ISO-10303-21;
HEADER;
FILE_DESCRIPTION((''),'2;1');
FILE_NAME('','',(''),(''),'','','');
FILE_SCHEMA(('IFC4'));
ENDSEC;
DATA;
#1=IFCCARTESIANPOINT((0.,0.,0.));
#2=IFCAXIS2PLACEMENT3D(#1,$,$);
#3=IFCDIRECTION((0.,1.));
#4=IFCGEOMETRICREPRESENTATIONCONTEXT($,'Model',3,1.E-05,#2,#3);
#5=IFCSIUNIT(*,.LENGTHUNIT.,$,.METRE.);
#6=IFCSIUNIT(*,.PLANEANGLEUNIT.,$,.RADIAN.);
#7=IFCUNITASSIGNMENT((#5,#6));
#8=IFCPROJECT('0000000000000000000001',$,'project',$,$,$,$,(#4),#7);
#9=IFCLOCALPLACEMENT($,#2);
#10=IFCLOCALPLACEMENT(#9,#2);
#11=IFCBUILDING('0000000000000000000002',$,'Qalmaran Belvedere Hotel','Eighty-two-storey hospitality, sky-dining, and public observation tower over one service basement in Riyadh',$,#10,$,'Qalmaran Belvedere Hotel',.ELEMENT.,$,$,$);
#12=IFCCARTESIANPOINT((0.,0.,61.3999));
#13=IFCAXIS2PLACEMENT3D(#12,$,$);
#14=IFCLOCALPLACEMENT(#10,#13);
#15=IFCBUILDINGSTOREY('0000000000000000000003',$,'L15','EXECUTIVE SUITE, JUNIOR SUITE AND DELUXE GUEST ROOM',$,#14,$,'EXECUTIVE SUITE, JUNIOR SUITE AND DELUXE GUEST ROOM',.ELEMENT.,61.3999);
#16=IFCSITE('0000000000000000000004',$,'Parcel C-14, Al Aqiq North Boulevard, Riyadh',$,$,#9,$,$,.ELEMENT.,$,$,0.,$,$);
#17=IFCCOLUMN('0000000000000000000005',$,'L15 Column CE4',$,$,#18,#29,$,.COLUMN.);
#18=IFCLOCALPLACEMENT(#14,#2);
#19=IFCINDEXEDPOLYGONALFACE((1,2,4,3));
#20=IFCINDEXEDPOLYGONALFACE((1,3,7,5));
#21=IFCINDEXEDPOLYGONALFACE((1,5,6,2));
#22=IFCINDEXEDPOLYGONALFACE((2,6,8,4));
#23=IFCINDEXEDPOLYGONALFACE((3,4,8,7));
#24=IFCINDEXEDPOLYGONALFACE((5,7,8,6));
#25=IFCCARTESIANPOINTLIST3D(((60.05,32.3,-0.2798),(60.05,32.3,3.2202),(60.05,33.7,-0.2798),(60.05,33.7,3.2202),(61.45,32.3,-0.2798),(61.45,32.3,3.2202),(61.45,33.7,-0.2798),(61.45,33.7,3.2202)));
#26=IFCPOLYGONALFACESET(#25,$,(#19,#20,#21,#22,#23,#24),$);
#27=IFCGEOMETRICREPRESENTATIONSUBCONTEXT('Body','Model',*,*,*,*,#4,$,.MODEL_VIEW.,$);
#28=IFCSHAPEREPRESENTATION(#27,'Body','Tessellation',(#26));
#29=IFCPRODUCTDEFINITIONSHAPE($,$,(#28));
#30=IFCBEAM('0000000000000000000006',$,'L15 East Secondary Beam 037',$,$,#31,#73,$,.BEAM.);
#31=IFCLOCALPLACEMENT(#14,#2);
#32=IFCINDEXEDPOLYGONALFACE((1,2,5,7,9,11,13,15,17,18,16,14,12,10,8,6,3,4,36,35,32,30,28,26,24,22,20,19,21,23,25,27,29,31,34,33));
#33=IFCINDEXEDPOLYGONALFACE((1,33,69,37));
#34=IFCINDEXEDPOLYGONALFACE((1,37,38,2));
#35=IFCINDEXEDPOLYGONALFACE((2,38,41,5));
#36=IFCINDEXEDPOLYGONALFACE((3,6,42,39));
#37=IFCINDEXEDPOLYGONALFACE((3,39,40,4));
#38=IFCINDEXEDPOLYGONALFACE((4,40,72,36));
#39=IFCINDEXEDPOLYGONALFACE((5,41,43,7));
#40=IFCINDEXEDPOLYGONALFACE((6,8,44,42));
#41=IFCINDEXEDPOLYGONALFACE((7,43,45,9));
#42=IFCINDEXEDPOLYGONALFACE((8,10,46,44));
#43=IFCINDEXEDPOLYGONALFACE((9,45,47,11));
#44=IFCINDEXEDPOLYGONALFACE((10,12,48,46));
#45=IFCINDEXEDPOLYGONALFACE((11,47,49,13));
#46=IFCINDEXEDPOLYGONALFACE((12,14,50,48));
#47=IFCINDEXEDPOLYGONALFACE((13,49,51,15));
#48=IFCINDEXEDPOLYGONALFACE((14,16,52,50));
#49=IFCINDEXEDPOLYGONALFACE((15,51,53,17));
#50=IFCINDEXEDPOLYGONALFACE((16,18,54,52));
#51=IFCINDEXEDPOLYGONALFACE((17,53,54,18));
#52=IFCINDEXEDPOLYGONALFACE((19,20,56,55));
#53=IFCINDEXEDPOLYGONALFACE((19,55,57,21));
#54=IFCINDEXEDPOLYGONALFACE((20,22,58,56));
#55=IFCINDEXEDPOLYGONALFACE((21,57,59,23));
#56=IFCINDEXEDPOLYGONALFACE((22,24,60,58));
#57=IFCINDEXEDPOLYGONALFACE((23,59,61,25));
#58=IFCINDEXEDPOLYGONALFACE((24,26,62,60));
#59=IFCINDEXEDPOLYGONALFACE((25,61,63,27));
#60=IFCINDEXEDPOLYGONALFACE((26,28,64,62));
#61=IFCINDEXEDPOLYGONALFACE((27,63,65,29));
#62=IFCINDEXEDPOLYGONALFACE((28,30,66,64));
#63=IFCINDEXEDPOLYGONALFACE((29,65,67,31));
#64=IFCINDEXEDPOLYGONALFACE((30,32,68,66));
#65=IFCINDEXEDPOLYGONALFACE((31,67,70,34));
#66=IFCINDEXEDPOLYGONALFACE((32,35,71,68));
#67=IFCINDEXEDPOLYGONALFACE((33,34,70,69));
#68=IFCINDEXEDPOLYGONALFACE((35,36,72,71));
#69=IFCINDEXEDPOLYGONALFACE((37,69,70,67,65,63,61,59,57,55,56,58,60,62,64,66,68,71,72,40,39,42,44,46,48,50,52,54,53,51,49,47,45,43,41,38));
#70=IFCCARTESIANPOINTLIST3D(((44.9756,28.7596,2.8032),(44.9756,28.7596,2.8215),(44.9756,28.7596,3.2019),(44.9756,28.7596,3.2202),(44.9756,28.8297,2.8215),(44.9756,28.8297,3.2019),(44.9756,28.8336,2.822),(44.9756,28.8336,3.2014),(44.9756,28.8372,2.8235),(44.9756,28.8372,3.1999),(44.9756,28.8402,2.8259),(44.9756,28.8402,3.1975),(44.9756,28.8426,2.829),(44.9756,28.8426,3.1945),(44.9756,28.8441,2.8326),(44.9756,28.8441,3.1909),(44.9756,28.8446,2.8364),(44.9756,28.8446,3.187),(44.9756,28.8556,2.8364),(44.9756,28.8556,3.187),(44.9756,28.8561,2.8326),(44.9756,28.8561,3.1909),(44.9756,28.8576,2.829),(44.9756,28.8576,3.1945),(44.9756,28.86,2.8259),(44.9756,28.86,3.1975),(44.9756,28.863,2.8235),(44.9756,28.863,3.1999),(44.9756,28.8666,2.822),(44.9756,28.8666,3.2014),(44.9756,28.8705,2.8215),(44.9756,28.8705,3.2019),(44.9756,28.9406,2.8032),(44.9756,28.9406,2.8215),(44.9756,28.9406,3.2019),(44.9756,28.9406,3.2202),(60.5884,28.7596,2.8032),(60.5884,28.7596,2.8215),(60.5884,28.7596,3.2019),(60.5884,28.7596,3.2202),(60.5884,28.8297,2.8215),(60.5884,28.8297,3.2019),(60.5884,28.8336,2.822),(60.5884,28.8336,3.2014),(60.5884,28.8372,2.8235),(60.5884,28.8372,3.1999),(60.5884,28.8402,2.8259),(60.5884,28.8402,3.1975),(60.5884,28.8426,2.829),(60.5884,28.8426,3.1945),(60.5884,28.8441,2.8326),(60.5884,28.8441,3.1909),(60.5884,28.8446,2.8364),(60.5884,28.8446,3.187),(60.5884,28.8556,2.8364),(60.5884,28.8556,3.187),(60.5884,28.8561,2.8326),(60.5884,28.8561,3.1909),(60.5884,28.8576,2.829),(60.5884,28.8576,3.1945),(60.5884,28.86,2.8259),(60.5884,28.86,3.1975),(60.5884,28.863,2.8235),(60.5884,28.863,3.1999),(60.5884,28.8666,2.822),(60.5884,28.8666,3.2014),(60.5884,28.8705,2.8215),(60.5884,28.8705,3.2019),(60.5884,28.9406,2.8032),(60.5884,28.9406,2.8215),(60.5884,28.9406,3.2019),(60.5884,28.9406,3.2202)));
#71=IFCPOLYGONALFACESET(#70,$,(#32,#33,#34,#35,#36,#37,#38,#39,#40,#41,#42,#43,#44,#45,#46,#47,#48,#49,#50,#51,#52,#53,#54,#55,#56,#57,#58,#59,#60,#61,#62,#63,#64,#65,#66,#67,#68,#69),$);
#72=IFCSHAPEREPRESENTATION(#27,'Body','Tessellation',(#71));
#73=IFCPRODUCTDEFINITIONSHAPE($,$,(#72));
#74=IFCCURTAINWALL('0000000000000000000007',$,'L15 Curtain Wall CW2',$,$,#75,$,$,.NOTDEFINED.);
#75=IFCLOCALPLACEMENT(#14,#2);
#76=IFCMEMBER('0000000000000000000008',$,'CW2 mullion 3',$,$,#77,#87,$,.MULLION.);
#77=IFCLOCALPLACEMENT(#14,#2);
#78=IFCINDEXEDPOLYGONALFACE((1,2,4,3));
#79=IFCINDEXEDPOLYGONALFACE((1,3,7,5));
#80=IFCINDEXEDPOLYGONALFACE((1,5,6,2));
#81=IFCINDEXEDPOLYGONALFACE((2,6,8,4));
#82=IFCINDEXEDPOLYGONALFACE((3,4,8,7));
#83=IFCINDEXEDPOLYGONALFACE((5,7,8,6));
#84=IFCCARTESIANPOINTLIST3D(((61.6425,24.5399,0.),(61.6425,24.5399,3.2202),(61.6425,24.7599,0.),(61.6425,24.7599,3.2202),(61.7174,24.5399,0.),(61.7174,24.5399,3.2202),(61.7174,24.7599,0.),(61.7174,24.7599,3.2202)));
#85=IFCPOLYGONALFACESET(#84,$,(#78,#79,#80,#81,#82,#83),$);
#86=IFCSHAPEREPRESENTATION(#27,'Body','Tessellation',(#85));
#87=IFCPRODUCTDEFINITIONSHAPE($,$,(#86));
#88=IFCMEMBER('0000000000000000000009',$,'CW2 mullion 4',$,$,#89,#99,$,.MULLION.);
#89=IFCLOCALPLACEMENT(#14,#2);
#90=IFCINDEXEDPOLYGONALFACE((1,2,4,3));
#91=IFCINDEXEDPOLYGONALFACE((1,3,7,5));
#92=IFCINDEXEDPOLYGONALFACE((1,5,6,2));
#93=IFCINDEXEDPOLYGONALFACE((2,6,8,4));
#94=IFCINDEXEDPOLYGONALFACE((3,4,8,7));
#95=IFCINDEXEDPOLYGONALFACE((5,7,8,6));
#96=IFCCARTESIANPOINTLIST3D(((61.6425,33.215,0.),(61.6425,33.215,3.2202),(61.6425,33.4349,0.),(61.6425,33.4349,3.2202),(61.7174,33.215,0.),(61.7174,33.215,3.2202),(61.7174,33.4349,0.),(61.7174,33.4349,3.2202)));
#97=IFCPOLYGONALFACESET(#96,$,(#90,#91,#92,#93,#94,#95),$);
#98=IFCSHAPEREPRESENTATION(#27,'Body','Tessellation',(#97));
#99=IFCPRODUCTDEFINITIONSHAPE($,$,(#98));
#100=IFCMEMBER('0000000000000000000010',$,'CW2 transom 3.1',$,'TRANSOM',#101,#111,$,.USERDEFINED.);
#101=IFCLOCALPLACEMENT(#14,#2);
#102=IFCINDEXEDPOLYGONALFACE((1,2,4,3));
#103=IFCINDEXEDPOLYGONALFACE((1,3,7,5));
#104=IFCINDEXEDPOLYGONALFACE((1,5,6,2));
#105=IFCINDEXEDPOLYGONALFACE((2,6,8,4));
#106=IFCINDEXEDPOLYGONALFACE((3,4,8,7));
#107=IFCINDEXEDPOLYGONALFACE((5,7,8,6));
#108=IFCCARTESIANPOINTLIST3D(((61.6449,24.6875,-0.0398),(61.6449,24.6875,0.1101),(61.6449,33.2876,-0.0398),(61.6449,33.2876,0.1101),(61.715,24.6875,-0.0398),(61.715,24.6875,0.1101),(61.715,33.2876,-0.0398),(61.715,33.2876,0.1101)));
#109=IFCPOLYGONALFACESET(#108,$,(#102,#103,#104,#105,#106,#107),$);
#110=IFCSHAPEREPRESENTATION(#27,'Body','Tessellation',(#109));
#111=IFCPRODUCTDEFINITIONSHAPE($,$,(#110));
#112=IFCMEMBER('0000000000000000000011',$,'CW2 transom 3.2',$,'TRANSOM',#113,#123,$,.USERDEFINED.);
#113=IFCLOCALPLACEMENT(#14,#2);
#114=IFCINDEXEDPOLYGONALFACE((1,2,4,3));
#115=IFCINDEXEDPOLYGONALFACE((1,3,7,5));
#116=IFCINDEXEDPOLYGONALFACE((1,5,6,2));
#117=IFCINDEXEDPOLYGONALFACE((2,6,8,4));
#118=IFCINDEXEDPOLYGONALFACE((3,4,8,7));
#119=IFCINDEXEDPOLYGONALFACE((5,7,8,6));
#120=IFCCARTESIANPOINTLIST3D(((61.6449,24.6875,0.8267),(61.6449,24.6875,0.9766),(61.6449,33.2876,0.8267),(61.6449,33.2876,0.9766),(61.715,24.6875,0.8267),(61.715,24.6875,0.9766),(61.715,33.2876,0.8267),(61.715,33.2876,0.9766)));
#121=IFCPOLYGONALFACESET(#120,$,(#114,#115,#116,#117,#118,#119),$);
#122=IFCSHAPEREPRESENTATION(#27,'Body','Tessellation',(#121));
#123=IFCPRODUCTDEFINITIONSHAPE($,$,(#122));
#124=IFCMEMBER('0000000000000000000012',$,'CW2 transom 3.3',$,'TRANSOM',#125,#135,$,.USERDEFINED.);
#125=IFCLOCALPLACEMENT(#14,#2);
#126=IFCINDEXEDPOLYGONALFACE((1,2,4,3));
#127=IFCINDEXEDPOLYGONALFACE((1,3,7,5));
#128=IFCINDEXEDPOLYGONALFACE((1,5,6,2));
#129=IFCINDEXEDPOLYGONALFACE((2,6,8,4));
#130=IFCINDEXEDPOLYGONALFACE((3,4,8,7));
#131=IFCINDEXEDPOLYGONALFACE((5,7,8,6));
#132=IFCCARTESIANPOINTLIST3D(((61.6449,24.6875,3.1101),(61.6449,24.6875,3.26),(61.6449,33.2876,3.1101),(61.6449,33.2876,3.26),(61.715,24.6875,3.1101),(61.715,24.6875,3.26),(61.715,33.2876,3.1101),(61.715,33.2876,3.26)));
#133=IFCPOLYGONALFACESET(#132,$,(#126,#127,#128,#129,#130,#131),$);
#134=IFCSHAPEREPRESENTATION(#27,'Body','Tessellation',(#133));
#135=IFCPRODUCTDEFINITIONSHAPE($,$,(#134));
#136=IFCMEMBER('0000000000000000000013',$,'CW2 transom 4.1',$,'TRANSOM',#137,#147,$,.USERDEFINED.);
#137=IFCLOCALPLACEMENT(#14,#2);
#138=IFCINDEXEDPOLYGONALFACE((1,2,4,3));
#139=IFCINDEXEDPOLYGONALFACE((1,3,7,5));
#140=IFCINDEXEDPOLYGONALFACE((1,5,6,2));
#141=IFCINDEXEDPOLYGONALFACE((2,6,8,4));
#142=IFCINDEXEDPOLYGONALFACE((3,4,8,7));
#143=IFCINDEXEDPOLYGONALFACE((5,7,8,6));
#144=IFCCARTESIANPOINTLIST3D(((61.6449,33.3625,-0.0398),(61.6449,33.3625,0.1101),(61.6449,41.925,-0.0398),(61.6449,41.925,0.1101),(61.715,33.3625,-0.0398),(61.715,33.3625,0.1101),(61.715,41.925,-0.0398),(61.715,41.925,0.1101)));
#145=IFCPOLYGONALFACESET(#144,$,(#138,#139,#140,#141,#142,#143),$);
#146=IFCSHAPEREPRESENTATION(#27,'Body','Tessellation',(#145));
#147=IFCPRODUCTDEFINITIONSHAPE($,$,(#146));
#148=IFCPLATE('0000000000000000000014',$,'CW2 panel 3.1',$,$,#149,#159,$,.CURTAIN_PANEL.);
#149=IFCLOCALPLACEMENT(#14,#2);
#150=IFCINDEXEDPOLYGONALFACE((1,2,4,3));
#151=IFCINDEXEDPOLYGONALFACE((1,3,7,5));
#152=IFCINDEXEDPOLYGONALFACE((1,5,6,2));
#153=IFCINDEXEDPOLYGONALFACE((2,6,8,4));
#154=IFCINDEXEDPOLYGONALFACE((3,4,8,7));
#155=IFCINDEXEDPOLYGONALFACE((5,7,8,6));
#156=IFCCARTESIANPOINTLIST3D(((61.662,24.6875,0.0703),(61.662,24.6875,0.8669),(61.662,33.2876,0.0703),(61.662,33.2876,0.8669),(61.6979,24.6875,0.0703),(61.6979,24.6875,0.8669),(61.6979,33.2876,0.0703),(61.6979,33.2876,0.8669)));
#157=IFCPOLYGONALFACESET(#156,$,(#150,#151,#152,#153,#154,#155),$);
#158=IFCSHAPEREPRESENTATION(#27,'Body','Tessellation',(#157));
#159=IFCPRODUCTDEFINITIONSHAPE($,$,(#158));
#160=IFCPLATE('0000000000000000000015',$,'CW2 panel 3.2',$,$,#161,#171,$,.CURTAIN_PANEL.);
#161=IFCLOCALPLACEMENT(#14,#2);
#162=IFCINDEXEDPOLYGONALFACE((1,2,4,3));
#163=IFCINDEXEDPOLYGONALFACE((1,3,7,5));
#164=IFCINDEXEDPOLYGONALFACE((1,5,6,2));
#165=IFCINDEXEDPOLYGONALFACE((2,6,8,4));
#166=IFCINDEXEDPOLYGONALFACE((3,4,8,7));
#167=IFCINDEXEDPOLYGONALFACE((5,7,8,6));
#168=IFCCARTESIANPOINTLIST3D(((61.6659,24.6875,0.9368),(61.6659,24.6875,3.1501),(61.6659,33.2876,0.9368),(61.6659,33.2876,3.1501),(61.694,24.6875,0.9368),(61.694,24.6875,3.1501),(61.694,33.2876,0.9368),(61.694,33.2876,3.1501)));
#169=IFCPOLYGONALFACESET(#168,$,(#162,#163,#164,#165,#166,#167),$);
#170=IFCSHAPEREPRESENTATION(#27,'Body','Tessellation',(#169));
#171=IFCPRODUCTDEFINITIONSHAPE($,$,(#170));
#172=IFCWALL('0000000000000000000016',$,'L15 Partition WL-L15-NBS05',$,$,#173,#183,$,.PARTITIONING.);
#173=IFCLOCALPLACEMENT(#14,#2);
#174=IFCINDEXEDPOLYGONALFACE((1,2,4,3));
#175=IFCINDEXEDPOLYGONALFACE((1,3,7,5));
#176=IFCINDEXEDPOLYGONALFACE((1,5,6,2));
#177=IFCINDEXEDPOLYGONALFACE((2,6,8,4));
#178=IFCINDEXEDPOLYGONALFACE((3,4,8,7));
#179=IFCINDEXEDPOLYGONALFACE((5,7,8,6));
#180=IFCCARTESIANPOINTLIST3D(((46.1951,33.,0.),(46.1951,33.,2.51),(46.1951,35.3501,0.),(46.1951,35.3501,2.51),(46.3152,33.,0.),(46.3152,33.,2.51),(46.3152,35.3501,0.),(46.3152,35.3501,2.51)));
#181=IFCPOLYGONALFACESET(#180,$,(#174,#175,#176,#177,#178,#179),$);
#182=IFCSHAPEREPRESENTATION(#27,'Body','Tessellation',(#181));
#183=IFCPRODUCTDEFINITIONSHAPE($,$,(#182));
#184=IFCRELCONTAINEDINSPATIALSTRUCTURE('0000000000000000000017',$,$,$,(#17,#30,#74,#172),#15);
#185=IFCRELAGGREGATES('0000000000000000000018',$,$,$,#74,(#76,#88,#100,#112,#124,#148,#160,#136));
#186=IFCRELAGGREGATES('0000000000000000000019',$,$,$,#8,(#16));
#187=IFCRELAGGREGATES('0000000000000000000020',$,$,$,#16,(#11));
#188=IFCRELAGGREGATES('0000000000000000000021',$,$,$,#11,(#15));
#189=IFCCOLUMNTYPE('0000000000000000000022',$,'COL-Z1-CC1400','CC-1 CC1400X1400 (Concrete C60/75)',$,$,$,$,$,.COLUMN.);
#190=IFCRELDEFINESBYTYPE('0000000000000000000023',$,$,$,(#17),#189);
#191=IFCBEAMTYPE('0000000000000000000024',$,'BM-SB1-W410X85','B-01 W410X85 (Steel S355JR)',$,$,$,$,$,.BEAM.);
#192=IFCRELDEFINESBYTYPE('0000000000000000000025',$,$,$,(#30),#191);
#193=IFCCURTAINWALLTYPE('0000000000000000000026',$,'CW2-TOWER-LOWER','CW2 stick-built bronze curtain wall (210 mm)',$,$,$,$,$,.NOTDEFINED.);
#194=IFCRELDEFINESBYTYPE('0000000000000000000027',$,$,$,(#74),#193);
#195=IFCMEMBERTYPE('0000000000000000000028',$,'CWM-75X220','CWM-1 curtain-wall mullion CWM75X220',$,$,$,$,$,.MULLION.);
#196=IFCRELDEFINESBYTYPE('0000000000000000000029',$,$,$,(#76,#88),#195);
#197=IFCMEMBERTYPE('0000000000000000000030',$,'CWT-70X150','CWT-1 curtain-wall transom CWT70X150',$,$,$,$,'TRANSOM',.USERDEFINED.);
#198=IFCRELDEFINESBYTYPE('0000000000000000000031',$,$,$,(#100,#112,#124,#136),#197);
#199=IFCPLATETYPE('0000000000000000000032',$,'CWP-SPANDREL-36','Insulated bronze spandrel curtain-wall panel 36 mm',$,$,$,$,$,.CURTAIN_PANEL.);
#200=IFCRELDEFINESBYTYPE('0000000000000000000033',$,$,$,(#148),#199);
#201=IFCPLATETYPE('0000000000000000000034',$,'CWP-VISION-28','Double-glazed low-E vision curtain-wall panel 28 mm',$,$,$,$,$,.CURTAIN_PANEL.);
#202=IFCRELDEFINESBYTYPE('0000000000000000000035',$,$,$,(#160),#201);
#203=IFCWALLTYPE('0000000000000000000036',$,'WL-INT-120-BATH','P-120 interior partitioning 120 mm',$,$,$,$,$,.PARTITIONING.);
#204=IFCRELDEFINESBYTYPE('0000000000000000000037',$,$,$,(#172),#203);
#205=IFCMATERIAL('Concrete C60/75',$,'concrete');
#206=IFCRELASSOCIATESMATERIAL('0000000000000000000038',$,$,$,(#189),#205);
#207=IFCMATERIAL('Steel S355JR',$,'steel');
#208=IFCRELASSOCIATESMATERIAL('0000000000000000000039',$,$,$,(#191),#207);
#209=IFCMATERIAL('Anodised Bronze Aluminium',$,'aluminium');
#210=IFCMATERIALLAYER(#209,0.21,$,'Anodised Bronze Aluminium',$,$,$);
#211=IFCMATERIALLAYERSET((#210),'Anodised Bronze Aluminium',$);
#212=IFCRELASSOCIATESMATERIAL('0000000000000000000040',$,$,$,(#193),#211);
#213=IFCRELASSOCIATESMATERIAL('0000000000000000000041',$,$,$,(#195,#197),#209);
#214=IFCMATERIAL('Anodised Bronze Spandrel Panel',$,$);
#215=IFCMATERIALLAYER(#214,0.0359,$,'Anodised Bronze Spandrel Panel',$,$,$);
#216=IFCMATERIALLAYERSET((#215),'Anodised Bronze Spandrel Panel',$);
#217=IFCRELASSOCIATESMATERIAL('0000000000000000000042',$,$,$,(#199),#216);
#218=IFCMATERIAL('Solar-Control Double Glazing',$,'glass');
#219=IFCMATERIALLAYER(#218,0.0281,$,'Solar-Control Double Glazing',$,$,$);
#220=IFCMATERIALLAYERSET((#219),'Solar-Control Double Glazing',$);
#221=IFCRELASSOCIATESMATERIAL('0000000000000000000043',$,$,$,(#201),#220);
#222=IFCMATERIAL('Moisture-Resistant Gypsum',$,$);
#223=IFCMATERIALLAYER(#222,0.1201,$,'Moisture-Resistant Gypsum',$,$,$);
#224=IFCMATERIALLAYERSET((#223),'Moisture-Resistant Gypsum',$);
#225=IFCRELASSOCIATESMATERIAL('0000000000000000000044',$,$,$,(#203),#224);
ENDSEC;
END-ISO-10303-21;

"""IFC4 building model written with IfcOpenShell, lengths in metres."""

from ifc_helpers import new_model, si_unit, direction, frame, frame_2d, origin, origin_2d, place, context, subcontext, project, spatial, rectangle, i_section, extrude, material, layer, layer_set, material_profile, profile_set, type_object, element, aggregate, save


model = new_model("IFC4")

# Units and contexts
model_context = context("Model", 3, precision=1e-05, world=origin(), true_north=direction((0.0, 1.0)))
body_context = subcontext(model_context, "Body", "Model", "MODEL_VIEW")
ifc_project = project(units=[si_unit("LENGTHUNIT", "METRE"), si_unit("PLANEANGLEUNIT", "RADIAN")], contexts=[model_context])

# Site, building, storey
site_placement = place(None, origin())
site = spatial("IfcSite", under=ifc_project, at=site_placement, Name="Parcel C-14, Al Aqiq North Boulevard, Riyadh", CompositionType="ELEMENT", RefElevation=0.0)
building_placement = place(site_placement, origin())
building = spatial("IfcBuilding", under=site, at=building_placement, Name="Qalmaran Belvedere Hotel", Description="Eighty-two-storey hospitality, sky-dining, and public observation tower over one service basement in Riyadh", LongName="Qalmaran Belvedere Hotel", CompositionType="ELEMENT")
storey_placement = place(building_placement, frame((0.0, 0.0, 61.3999)))
storey = spatial("IfcBuildingStorey", under=building, at=storey_placement, Name="L15", Description="EXECUTIVE SUITE, JUNIOR SUITE AND DELUXE GUEST ROOM", LongName="EXECUTIVE SUITE, JUNIOR SUITE AND DELUXE GUEST ROOM", CompositionType="ELEMENT", Elevation=61.3999)

# Column
ifc_material_1 = material(Name="Concrete C60/75", Category="concrete")
ifc_material_profile_1 = material_profile(ifc_material_1, rectangle(XDim=1.3999, YDim=1.3999, at=origin_2d()), Name="CC1400X1400")
ifc_profile_set_1 = profile_set([ifc_material_profile_1], Name="Concrete C60/75")
column_type = type_object("IfcColumnType", Name="COL-Z1-CC1400", Description="CC-1 CC1400X1400 (Concrete C60/75)", PredefinedType="COLUMN", material=ifc_profile_set_1)
column_placement = place(storey_placement, frame((60.75, 33.0, -0.2798), z_axis=(0.0, 0.0, 1.0), x_axis=(1.0, 0.0, 0.0)))
element("IfcColumn", 1, at=column_placement, inside=storey, type_object=column_type, Name="L15 Column CE4", PredefinedType="COLUMN", context=body_context, shape_type="SweptSolid", body=[
    extrude(rectangle(XDim=1.3999, YDim=1.3999, at=origin_2d()), origin(), (0.0, 0.0, 1.0), 3.5),
])

# Beam
ifc_material_2 = material(Name="Steel S355JR", Category="steel")
ifc_material_profile_2 = material_profile(ifc_material_2, i_section(OverallWidth=0.1809, OverallDepth=0.417, WebThickness=0.011, FlangeThickness=0.0183, FilletRadius=0.0149, at=origin_2d()), Name="W410X85")
ifc_profile_set_2 = profile_set([ifc_material_profile_2], Name="Steel S355JR")
beam_type = type_object("IfcBeamType", Name="BM-SB1-W410X85", Description="B-01 W410X85 (Steel S355JR)", PredefinedType="BEAM", material=ifc_profile_set_2)
beam_placement = place(storey_placement, frame((44.9756, 28.8501, 3.0117), z_axis=(1.0, 0.0, 0.0), x_axis=(0.0, 1.0, 0.0)))
element("IfcBeam", 2, at=beam_placement, inside=storey, type_object=beam_type, Name="L15 East Secondary Beam 037", PredefinedType="BEAM", context=body_context, shape_type="SweptSolid", body=[
    extrude(i_section(OverallWidth=0.1809, OverallDepth=0.417, WebThickness=0.011, FlangeThickness=0.0183, FilletRadius=0.0149, at=origin_2d()), origin(), (0.0, 0.0, 1.0), 15.6128),
])

# Curtain wall, members, plates
ifc_material_3 = material(Name="Anodised Bronze Aluminium", Category="aluminium")
ifc_layer_1 = layer(ifc_material_3, 0.21, Name="Anodised Bronze Aluminium")
ifc_layer_set_1 = layer_set([ifc_layer_1], Name="Anodised Bronze Aluminium")
curtain_wall_type = type_object("IfcCurtainWallType", Name="CW2-TOWER-LOWER", Description="CW2 stick-built bronze curtain wall (210 mm)", PredefinedType="NOTDEFINED", material=ifc_layer_set_1)
curtain_wall_placement = place(storey_placement, origin())
curtain_wall = element("IfcCurtainWall", 3, at=curtain_wall_placement, inside=storey, type_object=curtain_wall_type, Name="L15 Curtain Wall CW2", PredefinedType="NOTDEFINED")
ifc_material_profile_3 = material_profile(ifc_material_3, rectangle(XDim=0.075, YDim=0.22, at=origin_2d()), Name="CWM75X220")
ifc_profile_set_3 = profile_set([ifc_material_profile_3], Name="Anodised Bronze Aluminium")
member_type_1 = type_object("IfcMemberType", Name="CWM-75X220", Description="CWM-1 curtain-wall mullion CWM75X220", PredefinedType="MULLION", material=ifc_profile_set_3)
member_1_placement = place(storey_placement, frame((61.6799, 24.6499, 0.0), z_axis=(0.0, 0.0, 1.0), x_axis=(-1.0, 0.0, 0.0)))
member_1 = element("IfcMember", 4, at=member_1_placement, type_object=member_type_1, Name="CW2 mullion 3", PredefinedType="MULLION", context=body_context, shape_type="SweptSolid", body=[
    extrude(rectangle(XDim=0.075, YDim=0.22, at=origin_2d()), origin(), (0.0, 0.0, 1.0), 3.2202),
])
member_2_placement = place(storey_placement, frame((61.6799, 33.325, 0.0), z_axis=(0.0, 0.0, 1.0), x_axis=(-1.0, 0.0, 0.0)))
member_2 = element("IfcMember", 5, at=member_2_placement, type_object=member_type_1, Name="CW2 mullion 4", PredefinedType="MULLION", context=body_context, shape_type="SweptSolid", body=[
    extrude(rectangle(XDim=0.075, YDim=0.22, at=origin_2d()), origin(), (0.0, 0.0, 1.0), 3.2202),
])
ifc_material_profile_4 = material_profile(ifc_material_3, rectangle(XDim=0.0701, YDim=0.1499, at=origin_2d()), Name="CWT70X150")
ifc_profile_set_4 = profile_set([ifc_material_profile_4], Name="Anodised Bronze Aluminium")
member_type_2 = type_object("IfcMemberType", Name="CWT-70X150", Description="CWT-1 curtain-wall transom CWT70X150", ElementType="TRANSOM", PredefinedType="USERDEFINED", material=ifc_profile_set_4)
member_3_placement = place(storey_placement, frame((61.6799, 24.6875, 0.0352), z_axis=(0.0, 1.0, 0.0), x_axis=(-1.0, 0.0, 0.0)))
member_3 = element("IfcMember", 6, at=member_3_placement, type_object=member_type_2, Name="CW2 transom 3.1", ObjectType="TRANSOM", PredefinedType="USERDEFINED", context=body_context, shape_type="SweptSolid", body=[
    extrude(rectangle(XDim=0.0701, YDim=0.1499, at=origin_2d()), origin(), (0.0, 0.0, 1.0), 8.6001),
])
member_4_placement = place(storey_placement, frame((61.6799, 24.6875, 0.9016), z_axis=(0.0, 1.0, 0.0), x_axis=(-1.0, 0.0, 0.0)))
member_4 = element("IfcMember", 7, at=member_4_placement, type_object=member_type_2, Name="CW2 transom 3.2", ObjectType="TRANSOM", PredefinedType="USERDEFINED", context=body_context, shape_type="SweptSolid", body=[
    extrude(rectangle(XDim=0.0701, YDim=0.1499, at=origin_2d()), origin(), (0.0, 0.0, 1.0), 8.6001),
])
member_5_placement = place(storey_placement, frame((61.6799, 24.6875, 3.1851), z_axis=(0.0, 1.0, 0.0), x_axis=(-1.0, 0.0, 0.0)))
member_5 = element("IfcMember", 8, at=member_5_placement, type_object=member_type_2, Name="CW2 transom 3.3", ObjectType="TRANSOM", PredefinedType="USERDEFINED", context=body_context, shape_type="SweptSolid", body=[
    extrude(rectangle(XDim=0.0701, YDim=0.1499, at=origin_2d()), origin(), (0.0, 0.0, 1.0), 8.6001),
])
member_6_placement = place(storey_placement, frame((61.6799, 33.3625, 0.0352), z_axis=(0.0, 1.0, 0.0), x_axis=(-1.0, 0.0, 0.0)))
member_6 = element("IfcMember", 9, at=member_6_placement, type_object=member_type_2, Name="CW2 transom 4.1", ObjectType="TRANSOM", PredefinedType="USERDEFINED", context=body_context, shape_type="SweptSolid", body=[
    extrude(rectangle(XDim=0.0701, YDim=0.1499, at=origin_2d()), origin(), (0.0, 0.0, 1.0), 8.5625),
])
ifc_material_4 = material(Name="Anodised Bronze Spandrel Panel")
ifc_layer_2 = layer(ifc_material_4, 0.0359, Name="Anodised Bronze Spandrel Panel")
ifc_layer_set_2 = layer_set([ifc_layer_2], Name="Anodised Bronze Spandrel Panel")
plate_type_1 = type_object("IfcPlateType", Name="CWP-SPANDREL-36", Description="Insulated bronze spandrel curtain-wall panel 36 mm", PredefinedType="CURTAIN_PANEL", material=ifc_layer_set_2)
plate_1_placement = place(storey_placement, frame((61.6799, 28.9875, 0.0703), z_axis=(0.0, 0.0, 1.0), x_axis=(0.0, 1.0, 0.0)))
plate_1 = element("IfcPlate", 10, at=plate_1_placement, type_object=plate_type_1, Name="CW2 panel 3.1", PredefinedType="CURTAIN_PANEL", context=body_context, shape_type="SweptSolid", body=[
    extrude(rectangle(XDim=8.6001, YDim=0.0359, at=origin_2d()), origin(), (0.0, 0.0, 1.0), 0.7966),
])
ifc_material_5 = material(Name="Solar-Control Double Glazing", Category="glass")
ifc_layer_3 = layer(ifc_material_5, 0.0281, Name="Solar-Control Double Glazing")
ifc_layer_set_3 = layer_set([ifc_layer_3], Name="Solar-Control Double Glazing")
plate_type_2 = type_object("IfcPlateType", Name="CWP-VISION-28", Description="Double-glazed low-E vision curtain-wall panel 28 mm", PredefinedType="CURTAIN_PANEL", material=ifc_layer_set_3)
plate_2_placement = place(storey_placement, frame((61.6799, 28.9875, 0.9368), z_axis=(0.0, 0.0, 1.0), x_axis=(0.0, 1.0, 0.0)))
plate_2 = element("IfcPlate", 11, at=plate_2_placement, type_object=plate_type_2, Name="CW2 panel 3.2", PredefinedType="CURTAIN_PANEL", context=body_context, shape_type="SweptSolid", body=[
    extrude(rectangle(XDim=8.6001, YDim=0.0281, at=origin_2d()), origin(), (0.0, 0.0, 1.0), 2.2134),
])
aggregate(curtain_wall, [member_1, member_2, member_3, member_4, member_5, plate_1, plate_2, member_6])

# Wall
ifc_material_6 = material(Name="Moisture-Resistant Gypsum")
ifc_layer_4 = layer(ifc_material_6, 0.1201, Name="Moisture-Resistant Gypsum")
ifc_layer_set_4 = layer_set([ifc_layer_4], Name="Moisture-Resistant Gypsum")
wall_type_1 = type_object("IfcWallType", Name="WL-INT-120-BATH", Description="P-120 interior partitioning 120 mm", PredefinedType="PARTITIONING", material=ifc_layer_set_4)
wall_1_placement = place(storey_placement, frame((46.2551, 33.0, 0.0), z_axis=(0.0, 0.0, 1.0), x_axis=(0.0, 1.0, 0.0)))
element("IfcWall", 12, at=wall_1_placement, inside=storey, type_object=wall_type_1, Name="L15 Partition WL-L15-NBS05", PredefinedType="PARTITIONING", context=body_context, shape_type="SweptSolid", body=[
    extrude(rectangle(XDim=2.3501, YDim=0.1201, at=frame_2d((1.175, 0.0))), origin(), (0.0, 0.0, 1.0), 2.51),
])

save(model, "model.ifc")
